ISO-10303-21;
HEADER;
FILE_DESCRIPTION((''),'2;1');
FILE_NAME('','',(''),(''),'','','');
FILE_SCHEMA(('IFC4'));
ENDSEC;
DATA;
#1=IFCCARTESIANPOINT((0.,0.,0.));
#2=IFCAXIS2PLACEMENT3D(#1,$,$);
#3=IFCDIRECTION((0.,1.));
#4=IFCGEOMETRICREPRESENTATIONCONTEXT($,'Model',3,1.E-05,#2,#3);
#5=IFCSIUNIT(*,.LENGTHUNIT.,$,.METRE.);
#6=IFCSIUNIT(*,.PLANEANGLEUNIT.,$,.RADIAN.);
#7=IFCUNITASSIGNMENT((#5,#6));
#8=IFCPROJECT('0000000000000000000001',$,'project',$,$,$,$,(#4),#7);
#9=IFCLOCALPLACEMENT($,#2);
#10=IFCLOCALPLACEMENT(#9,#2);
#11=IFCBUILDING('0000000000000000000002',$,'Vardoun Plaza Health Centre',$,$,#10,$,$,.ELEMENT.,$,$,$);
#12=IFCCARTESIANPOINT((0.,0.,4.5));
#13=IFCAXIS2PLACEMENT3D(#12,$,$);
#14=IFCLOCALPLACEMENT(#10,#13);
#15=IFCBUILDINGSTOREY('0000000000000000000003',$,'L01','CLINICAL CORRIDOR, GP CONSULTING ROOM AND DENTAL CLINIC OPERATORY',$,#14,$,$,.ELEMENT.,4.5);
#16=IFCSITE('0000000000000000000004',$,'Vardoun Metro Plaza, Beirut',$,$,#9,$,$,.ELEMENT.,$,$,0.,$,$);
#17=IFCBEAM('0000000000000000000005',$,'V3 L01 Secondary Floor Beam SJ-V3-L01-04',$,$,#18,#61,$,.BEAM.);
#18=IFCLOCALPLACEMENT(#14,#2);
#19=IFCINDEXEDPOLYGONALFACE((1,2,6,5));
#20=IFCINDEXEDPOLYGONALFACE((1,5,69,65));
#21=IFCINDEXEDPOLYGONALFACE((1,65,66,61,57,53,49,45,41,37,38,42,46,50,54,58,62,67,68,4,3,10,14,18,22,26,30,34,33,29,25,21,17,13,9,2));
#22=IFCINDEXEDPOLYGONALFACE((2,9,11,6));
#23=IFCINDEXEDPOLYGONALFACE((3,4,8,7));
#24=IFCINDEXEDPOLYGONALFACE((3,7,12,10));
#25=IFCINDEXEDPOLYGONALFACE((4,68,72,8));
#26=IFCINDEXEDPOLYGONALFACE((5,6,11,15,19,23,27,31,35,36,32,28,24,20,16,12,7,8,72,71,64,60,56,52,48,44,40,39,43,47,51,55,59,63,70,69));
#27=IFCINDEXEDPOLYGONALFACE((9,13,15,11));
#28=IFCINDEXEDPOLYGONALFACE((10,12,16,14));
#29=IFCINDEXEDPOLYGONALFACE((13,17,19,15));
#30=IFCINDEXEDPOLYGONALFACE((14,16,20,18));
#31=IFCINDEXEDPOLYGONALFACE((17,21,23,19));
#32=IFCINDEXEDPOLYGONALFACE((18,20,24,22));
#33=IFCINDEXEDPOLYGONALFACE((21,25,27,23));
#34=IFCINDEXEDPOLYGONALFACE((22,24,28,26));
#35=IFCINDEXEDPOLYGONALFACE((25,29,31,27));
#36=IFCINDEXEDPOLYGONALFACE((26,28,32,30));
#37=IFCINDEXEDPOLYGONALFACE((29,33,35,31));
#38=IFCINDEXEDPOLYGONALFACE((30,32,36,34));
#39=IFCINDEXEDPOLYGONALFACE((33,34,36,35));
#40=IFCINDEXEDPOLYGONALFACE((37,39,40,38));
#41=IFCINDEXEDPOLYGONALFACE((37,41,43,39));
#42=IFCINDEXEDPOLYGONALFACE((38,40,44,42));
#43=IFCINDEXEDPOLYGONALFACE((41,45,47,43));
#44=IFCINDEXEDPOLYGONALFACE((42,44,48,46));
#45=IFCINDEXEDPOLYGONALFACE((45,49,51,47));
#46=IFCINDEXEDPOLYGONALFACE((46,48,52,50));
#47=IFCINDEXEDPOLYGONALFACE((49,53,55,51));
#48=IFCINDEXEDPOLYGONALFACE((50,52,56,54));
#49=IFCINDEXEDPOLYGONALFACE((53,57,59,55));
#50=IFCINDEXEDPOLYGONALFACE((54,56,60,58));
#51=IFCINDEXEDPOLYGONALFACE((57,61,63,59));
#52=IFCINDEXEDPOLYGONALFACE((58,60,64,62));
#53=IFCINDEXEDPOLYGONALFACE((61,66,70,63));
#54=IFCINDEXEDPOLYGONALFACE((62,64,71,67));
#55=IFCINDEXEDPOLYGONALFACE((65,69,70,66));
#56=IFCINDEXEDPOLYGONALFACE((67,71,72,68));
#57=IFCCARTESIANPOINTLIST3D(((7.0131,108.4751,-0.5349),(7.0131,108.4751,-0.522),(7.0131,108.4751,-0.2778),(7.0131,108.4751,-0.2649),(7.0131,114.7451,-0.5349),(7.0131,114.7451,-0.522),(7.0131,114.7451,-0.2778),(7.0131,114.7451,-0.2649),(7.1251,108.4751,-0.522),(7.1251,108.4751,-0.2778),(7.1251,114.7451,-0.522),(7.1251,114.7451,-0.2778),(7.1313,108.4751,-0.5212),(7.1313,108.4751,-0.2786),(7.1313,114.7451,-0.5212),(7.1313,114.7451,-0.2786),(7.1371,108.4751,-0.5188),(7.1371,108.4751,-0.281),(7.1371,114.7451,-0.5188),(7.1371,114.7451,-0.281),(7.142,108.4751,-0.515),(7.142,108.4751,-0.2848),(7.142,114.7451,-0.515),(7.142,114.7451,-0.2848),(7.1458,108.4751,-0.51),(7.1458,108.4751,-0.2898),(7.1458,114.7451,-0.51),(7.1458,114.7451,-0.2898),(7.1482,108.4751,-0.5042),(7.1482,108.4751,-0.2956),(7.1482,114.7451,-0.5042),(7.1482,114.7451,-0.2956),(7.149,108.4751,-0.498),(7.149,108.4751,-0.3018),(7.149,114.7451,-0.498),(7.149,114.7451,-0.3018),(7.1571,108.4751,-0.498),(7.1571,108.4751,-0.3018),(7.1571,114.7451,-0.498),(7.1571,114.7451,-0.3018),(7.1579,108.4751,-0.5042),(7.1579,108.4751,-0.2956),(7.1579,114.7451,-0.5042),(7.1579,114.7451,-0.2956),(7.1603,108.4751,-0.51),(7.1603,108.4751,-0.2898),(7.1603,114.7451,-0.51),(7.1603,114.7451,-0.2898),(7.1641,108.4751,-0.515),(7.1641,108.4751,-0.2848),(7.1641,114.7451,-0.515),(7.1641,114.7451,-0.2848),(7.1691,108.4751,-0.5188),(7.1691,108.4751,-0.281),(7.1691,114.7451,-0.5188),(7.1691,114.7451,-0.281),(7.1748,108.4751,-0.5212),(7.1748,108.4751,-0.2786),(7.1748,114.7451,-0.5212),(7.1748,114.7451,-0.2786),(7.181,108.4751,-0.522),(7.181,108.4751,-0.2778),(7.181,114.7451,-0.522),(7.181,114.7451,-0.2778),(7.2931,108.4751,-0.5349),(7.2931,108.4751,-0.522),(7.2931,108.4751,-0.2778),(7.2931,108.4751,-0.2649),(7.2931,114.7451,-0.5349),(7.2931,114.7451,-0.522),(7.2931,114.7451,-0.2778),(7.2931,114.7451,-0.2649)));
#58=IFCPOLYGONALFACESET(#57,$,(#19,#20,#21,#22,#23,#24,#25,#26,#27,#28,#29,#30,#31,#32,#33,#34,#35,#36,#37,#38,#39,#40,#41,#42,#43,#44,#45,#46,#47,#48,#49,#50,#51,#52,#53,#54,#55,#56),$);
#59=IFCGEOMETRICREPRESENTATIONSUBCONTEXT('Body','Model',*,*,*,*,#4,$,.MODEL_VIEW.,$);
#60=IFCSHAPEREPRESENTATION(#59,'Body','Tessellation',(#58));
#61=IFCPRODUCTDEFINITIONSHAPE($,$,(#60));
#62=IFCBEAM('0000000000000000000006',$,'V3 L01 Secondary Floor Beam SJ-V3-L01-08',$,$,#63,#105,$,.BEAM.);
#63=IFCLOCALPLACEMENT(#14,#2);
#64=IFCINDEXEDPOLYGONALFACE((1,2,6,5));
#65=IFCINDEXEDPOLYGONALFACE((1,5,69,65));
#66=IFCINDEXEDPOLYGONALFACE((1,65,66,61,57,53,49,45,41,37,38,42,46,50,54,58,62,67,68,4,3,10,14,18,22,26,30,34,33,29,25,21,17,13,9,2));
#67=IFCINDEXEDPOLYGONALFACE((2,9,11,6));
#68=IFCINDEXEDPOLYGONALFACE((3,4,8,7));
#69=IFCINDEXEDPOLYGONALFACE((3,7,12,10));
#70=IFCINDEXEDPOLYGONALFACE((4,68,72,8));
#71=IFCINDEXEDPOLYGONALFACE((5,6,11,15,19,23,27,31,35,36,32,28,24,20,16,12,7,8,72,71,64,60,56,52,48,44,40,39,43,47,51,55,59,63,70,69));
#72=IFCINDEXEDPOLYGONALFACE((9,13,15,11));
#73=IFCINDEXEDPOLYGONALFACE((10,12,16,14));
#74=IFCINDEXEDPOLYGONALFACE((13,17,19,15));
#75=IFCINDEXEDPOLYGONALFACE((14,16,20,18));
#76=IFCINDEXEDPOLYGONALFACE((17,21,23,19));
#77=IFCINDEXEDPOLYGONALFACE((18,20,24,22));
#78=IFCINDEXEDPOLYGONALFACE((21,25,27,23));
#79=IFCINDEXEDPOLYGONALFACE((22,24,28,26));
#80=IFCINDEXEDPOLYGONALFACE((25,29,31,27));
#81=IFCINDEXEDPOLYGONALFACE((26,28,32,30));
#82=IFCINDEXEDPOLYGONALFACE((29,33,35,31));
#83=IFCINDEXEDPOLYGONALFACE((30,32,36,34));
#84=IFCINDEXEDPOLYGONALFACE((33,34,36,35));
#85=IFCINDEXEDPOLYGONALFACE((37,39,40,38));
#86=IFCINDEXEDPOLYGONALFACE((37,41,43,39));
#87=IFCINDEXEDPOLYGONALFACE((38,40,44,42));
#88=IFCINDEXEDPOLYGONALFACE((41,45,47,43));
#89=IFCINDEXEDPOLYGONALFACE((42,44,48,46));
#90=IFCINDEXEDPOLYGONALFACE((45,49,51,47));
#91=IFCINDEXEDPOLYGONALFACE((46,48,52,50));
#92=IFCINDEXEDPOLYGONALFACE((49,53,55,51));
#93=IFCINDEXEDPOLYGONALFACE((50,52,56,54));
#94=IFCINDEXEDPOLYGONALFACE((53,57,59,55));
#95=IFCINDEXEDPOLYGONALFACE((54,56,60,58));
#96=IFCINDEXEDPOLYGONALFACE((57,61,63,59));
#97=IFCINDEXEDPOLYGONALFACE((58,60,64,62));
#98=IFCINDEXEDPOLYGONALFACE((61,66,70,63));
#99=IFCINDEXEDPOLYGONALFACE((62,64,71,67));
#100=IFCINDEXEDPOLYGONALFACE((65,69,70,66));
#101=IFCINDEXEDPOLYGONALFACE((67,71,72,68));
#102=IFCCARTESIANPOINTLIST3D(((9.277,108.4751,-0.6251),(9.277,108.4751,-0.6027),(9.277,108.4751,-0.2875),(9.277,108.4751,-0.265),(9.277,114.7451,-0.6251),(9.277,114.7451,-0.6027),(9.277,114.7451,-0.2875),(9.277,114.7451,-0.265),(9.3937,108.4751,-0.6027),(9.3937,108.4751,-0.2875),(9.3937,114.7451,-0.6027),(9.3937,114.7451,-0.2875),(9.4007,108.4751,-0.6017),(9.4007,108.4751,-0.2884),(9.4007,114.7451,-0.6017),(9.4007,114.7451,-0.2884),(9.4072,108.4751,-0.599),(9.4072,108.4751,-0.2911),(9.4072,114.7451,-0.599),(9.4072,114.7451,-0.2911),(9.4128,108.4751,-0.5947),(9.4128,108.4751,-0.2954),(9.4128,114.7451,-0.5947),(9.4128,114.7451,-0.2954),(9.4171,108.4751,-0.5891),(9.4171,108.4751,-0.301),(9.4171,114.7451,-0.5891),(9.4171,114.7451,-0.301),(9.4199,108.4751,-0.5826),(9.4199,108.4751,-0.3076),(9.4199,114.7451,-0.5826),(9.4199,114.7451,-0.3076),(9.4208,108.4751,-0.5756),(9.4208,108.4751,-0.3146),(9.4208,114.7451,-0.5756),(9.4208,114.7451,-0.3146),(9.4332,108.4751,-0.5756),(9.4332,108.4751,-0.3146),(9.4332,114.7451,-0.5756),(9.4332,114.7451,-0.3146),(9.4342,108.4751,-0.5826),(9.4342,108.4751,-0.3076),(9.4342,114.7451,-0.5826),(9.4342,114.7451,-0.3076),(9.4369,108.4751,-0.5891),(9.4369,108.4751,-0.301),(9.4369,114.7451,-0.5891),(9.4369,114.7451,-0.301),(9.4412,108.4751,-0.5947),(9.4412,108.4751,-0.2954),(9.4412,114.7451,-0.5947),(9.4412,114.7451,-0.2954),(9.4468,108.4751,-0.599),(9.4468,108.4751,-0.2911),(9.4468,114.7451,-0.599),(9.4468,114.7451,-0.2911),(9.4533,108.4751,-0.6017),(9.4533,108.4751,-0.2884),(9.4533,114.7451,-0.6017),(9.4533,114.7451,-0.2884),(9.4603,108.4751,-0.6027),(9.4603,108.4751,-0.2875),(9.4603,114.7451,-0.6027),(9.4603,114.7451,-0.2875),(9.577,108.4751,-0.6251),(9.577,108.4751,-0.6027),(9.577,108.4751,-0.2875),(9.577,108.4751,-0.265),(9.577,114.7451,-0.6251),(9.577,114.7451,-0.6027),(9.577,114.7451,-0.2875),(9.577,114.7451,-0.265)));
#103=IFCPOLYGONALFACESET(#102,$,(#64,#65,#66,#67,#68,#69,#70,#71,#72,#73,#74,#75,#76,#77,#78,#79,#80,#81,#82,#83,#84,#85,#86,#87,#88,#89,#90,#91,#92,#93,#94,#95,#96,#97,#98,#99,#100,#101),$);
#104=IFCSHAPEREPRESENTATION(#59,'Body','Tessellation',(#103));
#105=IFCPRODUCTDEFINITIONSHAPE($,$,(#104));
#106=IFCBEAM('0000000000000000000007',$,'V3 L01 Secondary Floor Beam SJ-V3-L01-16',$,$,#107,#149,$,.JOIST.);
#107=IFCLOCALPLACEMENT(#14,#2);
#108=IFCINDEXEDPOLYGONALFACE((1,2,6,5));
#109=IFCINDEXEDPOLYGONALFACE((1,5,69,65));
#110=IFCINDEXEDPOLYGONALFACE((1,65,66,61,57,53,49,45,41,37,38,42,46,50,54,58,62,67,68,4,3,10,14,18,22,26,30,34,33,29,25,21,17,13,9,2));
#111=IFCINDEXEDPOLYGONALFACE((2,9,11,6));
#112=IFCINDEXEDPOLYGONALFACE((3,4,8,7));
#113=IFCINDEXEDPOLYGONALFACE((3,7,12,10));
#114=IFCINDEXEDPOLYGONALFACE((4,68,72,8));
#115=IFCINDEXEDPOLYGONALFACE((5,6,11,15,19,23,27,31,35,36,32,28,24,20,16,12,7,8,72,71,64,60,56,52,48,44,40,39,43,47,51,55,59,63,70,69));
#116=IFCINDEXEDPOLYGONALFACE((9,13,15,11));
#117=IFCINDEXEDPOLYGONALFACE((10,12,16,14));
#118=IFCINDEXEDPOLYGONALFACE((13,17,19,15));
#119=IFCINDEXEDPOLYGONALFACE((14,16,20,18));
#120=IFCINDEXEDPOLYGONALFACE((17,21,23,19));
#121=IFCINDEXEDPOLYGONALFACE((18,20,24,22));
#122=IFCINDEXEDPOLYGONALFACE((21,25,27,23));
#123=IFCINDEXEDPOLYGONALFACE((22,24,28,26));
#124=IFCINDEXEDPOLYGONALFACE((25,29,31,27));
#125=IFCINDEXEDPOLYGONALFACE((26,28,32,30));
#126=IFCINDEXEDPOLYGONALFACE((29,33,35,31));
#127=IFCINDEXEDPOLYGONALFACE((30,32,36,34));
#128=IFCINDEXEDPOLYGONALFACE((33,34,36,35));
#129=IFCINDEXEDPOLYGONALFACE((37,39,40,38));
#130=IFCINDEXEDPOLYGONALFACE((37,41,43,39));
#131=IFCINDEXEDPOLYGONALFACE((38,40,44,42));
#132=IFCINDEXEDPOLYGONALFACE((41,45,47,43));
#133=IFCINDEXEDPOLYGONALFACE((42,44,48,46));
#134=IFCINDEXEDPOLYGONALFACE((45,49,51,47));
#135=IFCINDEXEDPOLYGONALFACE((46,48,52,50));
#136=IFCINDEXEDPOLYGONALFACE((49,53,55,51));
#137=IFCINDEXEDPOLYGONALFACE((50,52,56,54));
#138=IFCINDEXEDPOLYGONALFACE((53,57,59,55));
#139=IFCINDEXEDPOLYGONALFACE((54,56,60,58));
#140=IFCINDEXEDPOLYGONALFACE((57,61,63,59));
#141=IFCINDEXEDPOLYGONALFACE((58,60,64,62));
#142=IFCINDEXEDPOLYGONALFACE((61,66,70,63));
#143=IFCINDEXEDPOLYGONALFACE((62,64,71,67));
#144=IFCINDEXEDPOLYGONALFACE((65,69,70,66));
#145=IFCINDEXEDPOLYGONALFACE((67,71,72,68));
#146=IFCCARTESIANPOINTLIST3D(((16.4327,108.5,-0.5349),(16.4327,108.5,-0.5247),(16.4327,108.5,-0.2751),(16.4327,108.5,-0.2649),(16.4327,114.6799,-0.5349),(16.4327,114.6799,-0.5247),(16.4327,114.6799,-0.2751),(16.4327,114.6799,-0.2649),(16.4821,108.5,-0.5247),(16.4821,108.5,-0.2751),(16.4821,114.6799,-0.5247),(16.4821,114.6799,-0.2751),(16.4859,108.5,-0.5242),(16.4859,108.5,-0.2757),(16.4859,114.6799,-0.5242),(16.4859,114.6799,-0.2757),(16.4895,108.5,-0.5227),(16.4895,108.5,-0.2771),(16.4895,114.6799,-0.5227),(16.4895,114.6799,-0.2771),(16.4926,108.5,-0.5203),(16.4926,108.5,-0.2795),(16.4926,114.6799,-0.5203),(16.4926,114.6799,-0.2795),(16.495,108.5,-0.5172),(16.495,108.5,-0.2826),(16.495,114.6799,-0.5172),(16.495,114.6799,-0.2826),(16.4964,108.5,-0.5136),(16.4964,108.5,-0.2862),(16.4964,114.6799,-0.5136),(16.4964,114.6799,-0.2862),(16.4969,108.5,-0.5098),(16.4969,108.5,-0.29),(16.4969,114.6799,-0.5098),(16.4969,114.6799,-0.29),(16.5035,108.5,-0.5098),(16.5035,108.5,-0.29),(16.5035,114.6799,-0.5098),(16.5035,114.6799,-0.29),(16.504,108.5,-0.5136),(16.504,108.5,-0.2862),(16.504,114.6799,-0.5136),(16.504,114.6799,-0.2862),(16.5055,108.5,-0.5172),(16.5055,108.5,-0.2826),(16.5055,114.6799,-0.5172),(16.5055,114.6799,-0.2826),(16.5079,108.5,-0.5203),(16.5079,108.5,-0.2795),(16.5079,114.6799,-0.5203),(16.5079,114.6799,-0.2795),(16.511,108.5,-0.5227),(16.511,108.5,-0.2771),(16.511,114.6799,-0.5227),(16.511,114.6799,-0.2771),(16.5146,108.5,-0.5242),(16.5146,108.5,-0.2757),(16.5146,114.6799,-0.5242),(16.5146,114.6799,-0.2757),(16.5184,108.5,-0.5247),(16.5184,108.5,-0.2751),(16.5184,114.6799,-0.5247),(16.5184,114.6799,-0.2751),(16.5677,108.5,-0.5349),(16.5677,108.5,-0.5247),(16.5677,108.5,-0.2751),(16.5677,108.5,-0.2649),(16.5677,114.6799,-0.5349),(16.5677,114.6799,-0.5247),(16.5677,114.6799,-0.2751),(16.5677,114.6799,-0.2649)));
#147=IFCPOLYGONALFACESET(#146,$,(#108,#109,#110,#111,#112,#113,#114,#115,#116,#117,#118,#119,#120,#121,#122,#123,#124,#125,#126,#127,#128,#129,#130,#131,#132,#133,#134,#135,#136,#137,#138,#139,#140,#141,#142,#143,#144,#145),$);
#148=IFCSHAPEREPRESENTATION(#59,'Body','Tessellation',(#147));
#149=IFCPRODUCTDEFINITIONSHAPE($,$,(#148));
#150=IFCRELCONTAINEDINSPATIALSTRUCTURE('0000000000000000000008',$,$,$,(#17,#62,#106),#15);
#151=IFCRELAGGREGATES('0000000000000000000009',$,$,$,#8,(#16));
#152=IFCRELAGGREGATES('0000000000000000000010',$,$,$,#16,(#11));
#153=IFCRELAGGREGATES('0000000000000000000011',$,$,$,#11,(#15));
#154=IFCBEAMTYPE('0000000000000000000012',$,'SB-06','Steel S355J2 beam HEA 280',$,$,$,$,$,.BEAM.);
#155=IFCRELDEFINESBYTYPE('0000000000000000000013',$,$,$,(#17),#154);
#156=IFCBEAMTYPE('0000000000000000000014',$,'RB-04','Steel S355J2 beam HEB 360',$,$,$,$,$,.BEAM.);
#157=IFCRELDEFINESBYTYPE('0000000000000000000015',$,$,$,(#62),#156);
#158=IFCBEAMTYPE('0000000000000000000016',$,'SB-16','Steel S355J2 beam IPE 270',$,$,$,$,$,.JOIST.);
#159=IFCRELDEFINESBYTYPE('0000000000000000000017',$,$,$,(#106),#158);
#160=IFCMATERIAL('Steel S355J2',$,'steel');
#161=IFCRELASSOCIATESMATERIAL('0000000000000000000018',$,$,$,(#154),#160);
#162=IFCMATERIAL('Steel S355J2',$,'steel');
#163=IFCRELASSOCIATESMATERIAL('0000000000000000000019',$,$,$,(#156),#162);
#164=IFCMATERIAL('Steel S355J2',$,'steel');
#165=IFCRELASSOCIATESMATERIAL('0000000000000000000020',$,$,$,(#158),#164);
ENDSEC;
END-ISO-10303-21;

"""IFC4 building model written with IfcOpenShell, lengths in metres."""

from ifc_helpers import new_model, si_unit, direction, frame, origin, origin_2d, place, context, subcontext, project, spatial, i_section, extrude, material, material_profile, profile_set, type_object, element, save


model = new_model("IFC4")

# Units and contexts
model_context = context("Model", 3, precision=1e-05, world=origin(), true_north=direction((0.0, 1.0)))
body_context = subcontext(model_context, "Body", "Model", "MODEL_VIEW")
ifc_project = project(units=[si_unit("LENGTHUNIT", "METRE"), si_unit("PLANEANGLEUNIT", "RADIAN")], contexts=[model_context])

# Site, building, storey
site_placement = place(None, origin())
site = spatial("IfcSite", under=ifc_project, at=site_placement, Name="Vardoun Metro Plaza, Beirut", CompositionType="ELEMENT", RefElevation=0.0)
building_placement = place(site_placement, origin())
building = spatial("IfcBuilding", under=site, at=building_placement, Name="Vardoun Plaza Health Centre", CompositionType="ELEMENT")
storey_placement = place(building_placement, frame((0.0, 0.0, 4.5)))
storey = spatial("IfcBuildingStorey", under=building, at=storey_placement, Name="L01", Description="CLINICAL CORRIDOR, GP CONSULTING ROOM AND DENTAL CLINIC OPERATORY", CompositionType="ELEMENT", Elevation=4.5)

# Beams
ifc_material_1 = material(Name="Steel S355J2", Category="steel")
ifc_material_profile_1 = material_profile(ifc_material_1, i_section(OverallWidth=0.28, OverallDepth=0.27, WebThickness=0.0081, FlangeThickness=0.0129, FilletRadius=0.0239, at=origin_2d()), Name="HEA 280")
ifc_profile_set_1 = profile_set([ifc_material_profile_1], Name="Steel S355J2")
beam_type_1 = type_object("IfcBeamType", Name="SB-06", Description="Steel S355J2 beam HEA 280", PredefinedType="BEAM", material=ifc_profile_set_1)
beam_1_placement = place(storey_placement, frame((7.1531, 108.4751, -0.3999), z_axis=(0.0, 1.0, 0.0), x_axis=(-1.0, 0.0, 0.0)))
element("IfcBeam", 1, at=beam_1_placement, inside=storey, type_object=beam_type_1, Name="V3 L01 Secondary Floor Beam SJ-V3-L01-04", PredefinedType="BEAM", context=body_context, shape_type="SweptSolid", body=[
    extrude(i_section(OverallWidth=0.28, OverallDepth=0.27, WebThickness=0.0081, FlangeThickness=0.0129, FilletRadius=0.0239, at=origin_2d()), origin(), (0.0, 0.0, 1.0), 6.27),
])
ifc_material_2 = material(Name="Steel S355J2", Category="steel")
ifc_material_profile_2 = material_profile(ifc_material_2, i_section(OverallWidth=0.3, OverallDepth=0.3601, WebThickness=0.0125, FlangeThickness=0.0225, FilletRadius=0.0271, at=origin_2d()), Name="HEB 360")
ifc_profile_set_2 = profile_set([ifc_material_profile_2], Name="Steel S355J2")
beam_type_2 = type_object("IfcBeamType", Name="RB-04", Description="Steel S355J2 beam HEB 360", PredefinedType="BEAM", material=ifc_profile_set_2)
beam_2_placement = place(storey_placement, frame((9.427, 108.4751, -0.4451), z_axis=(0.0, 1.0, 0.0), x_axis=(-1.0, 0.0, 0.0)))
element("IfcBeam", 2, at=beam_2_placement, inside=storey, type_object=beam_type_2, Name="V3 L01 Secondary Floor Beam SJ-V3-L01-08", PredefinedType="BEAM", context=body_context, shape_type="SweptSolid", body=[
    extrude(i_section(OverallWidth=0.3, OverallDepth=0.3601, WebThickness=0.0125, FlangeThickness=0.0225, FilletRadius=0.0271, at=origin_2d()), origin(), (0.0, 0.0, 1.0), 6.27),
])
ifc_material_3 = material(Name="Steel S355J2", Category="steel")
ifc_material_profile_3 = material_profile(ifc_material_3, i_section(OverallWidth=0.135, OverallDepth=0.27, WebThickness=0.0066, FlangeThickness=0.0103, FilletRadius=0.0149, at=origin_2d()), Name="IPE 270")
ifc_profile_set_3 = profile_set([ifc_material_profile_3], Name="Steel S355J2")
beam_type_3 = type_object("IfcBeamType", Name="SB-16", Description="Steel S355J2 beam IPE 270", PredefinedType="JOIST", material=ifc_profile_set_3)
beam_3_placement = place(storey_placement, frame((16.5002, 108.5, -0.3999), z_axis=(0.0, 1.0, 0.0), x_axis=(-1.0, 0.0, 0.0)))
element("IfcBeam", 3, at=beam_3_placement, inside=storey, type_object=beam_type_3, Name="V3 L01 Secondary Floor Beam SJ-V3-L01-16", PredefinedType="JOIST", context=body_context, shape_type="SweptSolid", body=[
    extrude(i_section(OverallWidth=0.135, OverallDepth=0.27, WebThickness=0.0066, FlangeThickness=0.0103, FilletRadius=0.0149, at=origin_2d()), origin(), (0.0, 0.0, 1.0), 6.1799),
])

save(model, "model.ifc")
